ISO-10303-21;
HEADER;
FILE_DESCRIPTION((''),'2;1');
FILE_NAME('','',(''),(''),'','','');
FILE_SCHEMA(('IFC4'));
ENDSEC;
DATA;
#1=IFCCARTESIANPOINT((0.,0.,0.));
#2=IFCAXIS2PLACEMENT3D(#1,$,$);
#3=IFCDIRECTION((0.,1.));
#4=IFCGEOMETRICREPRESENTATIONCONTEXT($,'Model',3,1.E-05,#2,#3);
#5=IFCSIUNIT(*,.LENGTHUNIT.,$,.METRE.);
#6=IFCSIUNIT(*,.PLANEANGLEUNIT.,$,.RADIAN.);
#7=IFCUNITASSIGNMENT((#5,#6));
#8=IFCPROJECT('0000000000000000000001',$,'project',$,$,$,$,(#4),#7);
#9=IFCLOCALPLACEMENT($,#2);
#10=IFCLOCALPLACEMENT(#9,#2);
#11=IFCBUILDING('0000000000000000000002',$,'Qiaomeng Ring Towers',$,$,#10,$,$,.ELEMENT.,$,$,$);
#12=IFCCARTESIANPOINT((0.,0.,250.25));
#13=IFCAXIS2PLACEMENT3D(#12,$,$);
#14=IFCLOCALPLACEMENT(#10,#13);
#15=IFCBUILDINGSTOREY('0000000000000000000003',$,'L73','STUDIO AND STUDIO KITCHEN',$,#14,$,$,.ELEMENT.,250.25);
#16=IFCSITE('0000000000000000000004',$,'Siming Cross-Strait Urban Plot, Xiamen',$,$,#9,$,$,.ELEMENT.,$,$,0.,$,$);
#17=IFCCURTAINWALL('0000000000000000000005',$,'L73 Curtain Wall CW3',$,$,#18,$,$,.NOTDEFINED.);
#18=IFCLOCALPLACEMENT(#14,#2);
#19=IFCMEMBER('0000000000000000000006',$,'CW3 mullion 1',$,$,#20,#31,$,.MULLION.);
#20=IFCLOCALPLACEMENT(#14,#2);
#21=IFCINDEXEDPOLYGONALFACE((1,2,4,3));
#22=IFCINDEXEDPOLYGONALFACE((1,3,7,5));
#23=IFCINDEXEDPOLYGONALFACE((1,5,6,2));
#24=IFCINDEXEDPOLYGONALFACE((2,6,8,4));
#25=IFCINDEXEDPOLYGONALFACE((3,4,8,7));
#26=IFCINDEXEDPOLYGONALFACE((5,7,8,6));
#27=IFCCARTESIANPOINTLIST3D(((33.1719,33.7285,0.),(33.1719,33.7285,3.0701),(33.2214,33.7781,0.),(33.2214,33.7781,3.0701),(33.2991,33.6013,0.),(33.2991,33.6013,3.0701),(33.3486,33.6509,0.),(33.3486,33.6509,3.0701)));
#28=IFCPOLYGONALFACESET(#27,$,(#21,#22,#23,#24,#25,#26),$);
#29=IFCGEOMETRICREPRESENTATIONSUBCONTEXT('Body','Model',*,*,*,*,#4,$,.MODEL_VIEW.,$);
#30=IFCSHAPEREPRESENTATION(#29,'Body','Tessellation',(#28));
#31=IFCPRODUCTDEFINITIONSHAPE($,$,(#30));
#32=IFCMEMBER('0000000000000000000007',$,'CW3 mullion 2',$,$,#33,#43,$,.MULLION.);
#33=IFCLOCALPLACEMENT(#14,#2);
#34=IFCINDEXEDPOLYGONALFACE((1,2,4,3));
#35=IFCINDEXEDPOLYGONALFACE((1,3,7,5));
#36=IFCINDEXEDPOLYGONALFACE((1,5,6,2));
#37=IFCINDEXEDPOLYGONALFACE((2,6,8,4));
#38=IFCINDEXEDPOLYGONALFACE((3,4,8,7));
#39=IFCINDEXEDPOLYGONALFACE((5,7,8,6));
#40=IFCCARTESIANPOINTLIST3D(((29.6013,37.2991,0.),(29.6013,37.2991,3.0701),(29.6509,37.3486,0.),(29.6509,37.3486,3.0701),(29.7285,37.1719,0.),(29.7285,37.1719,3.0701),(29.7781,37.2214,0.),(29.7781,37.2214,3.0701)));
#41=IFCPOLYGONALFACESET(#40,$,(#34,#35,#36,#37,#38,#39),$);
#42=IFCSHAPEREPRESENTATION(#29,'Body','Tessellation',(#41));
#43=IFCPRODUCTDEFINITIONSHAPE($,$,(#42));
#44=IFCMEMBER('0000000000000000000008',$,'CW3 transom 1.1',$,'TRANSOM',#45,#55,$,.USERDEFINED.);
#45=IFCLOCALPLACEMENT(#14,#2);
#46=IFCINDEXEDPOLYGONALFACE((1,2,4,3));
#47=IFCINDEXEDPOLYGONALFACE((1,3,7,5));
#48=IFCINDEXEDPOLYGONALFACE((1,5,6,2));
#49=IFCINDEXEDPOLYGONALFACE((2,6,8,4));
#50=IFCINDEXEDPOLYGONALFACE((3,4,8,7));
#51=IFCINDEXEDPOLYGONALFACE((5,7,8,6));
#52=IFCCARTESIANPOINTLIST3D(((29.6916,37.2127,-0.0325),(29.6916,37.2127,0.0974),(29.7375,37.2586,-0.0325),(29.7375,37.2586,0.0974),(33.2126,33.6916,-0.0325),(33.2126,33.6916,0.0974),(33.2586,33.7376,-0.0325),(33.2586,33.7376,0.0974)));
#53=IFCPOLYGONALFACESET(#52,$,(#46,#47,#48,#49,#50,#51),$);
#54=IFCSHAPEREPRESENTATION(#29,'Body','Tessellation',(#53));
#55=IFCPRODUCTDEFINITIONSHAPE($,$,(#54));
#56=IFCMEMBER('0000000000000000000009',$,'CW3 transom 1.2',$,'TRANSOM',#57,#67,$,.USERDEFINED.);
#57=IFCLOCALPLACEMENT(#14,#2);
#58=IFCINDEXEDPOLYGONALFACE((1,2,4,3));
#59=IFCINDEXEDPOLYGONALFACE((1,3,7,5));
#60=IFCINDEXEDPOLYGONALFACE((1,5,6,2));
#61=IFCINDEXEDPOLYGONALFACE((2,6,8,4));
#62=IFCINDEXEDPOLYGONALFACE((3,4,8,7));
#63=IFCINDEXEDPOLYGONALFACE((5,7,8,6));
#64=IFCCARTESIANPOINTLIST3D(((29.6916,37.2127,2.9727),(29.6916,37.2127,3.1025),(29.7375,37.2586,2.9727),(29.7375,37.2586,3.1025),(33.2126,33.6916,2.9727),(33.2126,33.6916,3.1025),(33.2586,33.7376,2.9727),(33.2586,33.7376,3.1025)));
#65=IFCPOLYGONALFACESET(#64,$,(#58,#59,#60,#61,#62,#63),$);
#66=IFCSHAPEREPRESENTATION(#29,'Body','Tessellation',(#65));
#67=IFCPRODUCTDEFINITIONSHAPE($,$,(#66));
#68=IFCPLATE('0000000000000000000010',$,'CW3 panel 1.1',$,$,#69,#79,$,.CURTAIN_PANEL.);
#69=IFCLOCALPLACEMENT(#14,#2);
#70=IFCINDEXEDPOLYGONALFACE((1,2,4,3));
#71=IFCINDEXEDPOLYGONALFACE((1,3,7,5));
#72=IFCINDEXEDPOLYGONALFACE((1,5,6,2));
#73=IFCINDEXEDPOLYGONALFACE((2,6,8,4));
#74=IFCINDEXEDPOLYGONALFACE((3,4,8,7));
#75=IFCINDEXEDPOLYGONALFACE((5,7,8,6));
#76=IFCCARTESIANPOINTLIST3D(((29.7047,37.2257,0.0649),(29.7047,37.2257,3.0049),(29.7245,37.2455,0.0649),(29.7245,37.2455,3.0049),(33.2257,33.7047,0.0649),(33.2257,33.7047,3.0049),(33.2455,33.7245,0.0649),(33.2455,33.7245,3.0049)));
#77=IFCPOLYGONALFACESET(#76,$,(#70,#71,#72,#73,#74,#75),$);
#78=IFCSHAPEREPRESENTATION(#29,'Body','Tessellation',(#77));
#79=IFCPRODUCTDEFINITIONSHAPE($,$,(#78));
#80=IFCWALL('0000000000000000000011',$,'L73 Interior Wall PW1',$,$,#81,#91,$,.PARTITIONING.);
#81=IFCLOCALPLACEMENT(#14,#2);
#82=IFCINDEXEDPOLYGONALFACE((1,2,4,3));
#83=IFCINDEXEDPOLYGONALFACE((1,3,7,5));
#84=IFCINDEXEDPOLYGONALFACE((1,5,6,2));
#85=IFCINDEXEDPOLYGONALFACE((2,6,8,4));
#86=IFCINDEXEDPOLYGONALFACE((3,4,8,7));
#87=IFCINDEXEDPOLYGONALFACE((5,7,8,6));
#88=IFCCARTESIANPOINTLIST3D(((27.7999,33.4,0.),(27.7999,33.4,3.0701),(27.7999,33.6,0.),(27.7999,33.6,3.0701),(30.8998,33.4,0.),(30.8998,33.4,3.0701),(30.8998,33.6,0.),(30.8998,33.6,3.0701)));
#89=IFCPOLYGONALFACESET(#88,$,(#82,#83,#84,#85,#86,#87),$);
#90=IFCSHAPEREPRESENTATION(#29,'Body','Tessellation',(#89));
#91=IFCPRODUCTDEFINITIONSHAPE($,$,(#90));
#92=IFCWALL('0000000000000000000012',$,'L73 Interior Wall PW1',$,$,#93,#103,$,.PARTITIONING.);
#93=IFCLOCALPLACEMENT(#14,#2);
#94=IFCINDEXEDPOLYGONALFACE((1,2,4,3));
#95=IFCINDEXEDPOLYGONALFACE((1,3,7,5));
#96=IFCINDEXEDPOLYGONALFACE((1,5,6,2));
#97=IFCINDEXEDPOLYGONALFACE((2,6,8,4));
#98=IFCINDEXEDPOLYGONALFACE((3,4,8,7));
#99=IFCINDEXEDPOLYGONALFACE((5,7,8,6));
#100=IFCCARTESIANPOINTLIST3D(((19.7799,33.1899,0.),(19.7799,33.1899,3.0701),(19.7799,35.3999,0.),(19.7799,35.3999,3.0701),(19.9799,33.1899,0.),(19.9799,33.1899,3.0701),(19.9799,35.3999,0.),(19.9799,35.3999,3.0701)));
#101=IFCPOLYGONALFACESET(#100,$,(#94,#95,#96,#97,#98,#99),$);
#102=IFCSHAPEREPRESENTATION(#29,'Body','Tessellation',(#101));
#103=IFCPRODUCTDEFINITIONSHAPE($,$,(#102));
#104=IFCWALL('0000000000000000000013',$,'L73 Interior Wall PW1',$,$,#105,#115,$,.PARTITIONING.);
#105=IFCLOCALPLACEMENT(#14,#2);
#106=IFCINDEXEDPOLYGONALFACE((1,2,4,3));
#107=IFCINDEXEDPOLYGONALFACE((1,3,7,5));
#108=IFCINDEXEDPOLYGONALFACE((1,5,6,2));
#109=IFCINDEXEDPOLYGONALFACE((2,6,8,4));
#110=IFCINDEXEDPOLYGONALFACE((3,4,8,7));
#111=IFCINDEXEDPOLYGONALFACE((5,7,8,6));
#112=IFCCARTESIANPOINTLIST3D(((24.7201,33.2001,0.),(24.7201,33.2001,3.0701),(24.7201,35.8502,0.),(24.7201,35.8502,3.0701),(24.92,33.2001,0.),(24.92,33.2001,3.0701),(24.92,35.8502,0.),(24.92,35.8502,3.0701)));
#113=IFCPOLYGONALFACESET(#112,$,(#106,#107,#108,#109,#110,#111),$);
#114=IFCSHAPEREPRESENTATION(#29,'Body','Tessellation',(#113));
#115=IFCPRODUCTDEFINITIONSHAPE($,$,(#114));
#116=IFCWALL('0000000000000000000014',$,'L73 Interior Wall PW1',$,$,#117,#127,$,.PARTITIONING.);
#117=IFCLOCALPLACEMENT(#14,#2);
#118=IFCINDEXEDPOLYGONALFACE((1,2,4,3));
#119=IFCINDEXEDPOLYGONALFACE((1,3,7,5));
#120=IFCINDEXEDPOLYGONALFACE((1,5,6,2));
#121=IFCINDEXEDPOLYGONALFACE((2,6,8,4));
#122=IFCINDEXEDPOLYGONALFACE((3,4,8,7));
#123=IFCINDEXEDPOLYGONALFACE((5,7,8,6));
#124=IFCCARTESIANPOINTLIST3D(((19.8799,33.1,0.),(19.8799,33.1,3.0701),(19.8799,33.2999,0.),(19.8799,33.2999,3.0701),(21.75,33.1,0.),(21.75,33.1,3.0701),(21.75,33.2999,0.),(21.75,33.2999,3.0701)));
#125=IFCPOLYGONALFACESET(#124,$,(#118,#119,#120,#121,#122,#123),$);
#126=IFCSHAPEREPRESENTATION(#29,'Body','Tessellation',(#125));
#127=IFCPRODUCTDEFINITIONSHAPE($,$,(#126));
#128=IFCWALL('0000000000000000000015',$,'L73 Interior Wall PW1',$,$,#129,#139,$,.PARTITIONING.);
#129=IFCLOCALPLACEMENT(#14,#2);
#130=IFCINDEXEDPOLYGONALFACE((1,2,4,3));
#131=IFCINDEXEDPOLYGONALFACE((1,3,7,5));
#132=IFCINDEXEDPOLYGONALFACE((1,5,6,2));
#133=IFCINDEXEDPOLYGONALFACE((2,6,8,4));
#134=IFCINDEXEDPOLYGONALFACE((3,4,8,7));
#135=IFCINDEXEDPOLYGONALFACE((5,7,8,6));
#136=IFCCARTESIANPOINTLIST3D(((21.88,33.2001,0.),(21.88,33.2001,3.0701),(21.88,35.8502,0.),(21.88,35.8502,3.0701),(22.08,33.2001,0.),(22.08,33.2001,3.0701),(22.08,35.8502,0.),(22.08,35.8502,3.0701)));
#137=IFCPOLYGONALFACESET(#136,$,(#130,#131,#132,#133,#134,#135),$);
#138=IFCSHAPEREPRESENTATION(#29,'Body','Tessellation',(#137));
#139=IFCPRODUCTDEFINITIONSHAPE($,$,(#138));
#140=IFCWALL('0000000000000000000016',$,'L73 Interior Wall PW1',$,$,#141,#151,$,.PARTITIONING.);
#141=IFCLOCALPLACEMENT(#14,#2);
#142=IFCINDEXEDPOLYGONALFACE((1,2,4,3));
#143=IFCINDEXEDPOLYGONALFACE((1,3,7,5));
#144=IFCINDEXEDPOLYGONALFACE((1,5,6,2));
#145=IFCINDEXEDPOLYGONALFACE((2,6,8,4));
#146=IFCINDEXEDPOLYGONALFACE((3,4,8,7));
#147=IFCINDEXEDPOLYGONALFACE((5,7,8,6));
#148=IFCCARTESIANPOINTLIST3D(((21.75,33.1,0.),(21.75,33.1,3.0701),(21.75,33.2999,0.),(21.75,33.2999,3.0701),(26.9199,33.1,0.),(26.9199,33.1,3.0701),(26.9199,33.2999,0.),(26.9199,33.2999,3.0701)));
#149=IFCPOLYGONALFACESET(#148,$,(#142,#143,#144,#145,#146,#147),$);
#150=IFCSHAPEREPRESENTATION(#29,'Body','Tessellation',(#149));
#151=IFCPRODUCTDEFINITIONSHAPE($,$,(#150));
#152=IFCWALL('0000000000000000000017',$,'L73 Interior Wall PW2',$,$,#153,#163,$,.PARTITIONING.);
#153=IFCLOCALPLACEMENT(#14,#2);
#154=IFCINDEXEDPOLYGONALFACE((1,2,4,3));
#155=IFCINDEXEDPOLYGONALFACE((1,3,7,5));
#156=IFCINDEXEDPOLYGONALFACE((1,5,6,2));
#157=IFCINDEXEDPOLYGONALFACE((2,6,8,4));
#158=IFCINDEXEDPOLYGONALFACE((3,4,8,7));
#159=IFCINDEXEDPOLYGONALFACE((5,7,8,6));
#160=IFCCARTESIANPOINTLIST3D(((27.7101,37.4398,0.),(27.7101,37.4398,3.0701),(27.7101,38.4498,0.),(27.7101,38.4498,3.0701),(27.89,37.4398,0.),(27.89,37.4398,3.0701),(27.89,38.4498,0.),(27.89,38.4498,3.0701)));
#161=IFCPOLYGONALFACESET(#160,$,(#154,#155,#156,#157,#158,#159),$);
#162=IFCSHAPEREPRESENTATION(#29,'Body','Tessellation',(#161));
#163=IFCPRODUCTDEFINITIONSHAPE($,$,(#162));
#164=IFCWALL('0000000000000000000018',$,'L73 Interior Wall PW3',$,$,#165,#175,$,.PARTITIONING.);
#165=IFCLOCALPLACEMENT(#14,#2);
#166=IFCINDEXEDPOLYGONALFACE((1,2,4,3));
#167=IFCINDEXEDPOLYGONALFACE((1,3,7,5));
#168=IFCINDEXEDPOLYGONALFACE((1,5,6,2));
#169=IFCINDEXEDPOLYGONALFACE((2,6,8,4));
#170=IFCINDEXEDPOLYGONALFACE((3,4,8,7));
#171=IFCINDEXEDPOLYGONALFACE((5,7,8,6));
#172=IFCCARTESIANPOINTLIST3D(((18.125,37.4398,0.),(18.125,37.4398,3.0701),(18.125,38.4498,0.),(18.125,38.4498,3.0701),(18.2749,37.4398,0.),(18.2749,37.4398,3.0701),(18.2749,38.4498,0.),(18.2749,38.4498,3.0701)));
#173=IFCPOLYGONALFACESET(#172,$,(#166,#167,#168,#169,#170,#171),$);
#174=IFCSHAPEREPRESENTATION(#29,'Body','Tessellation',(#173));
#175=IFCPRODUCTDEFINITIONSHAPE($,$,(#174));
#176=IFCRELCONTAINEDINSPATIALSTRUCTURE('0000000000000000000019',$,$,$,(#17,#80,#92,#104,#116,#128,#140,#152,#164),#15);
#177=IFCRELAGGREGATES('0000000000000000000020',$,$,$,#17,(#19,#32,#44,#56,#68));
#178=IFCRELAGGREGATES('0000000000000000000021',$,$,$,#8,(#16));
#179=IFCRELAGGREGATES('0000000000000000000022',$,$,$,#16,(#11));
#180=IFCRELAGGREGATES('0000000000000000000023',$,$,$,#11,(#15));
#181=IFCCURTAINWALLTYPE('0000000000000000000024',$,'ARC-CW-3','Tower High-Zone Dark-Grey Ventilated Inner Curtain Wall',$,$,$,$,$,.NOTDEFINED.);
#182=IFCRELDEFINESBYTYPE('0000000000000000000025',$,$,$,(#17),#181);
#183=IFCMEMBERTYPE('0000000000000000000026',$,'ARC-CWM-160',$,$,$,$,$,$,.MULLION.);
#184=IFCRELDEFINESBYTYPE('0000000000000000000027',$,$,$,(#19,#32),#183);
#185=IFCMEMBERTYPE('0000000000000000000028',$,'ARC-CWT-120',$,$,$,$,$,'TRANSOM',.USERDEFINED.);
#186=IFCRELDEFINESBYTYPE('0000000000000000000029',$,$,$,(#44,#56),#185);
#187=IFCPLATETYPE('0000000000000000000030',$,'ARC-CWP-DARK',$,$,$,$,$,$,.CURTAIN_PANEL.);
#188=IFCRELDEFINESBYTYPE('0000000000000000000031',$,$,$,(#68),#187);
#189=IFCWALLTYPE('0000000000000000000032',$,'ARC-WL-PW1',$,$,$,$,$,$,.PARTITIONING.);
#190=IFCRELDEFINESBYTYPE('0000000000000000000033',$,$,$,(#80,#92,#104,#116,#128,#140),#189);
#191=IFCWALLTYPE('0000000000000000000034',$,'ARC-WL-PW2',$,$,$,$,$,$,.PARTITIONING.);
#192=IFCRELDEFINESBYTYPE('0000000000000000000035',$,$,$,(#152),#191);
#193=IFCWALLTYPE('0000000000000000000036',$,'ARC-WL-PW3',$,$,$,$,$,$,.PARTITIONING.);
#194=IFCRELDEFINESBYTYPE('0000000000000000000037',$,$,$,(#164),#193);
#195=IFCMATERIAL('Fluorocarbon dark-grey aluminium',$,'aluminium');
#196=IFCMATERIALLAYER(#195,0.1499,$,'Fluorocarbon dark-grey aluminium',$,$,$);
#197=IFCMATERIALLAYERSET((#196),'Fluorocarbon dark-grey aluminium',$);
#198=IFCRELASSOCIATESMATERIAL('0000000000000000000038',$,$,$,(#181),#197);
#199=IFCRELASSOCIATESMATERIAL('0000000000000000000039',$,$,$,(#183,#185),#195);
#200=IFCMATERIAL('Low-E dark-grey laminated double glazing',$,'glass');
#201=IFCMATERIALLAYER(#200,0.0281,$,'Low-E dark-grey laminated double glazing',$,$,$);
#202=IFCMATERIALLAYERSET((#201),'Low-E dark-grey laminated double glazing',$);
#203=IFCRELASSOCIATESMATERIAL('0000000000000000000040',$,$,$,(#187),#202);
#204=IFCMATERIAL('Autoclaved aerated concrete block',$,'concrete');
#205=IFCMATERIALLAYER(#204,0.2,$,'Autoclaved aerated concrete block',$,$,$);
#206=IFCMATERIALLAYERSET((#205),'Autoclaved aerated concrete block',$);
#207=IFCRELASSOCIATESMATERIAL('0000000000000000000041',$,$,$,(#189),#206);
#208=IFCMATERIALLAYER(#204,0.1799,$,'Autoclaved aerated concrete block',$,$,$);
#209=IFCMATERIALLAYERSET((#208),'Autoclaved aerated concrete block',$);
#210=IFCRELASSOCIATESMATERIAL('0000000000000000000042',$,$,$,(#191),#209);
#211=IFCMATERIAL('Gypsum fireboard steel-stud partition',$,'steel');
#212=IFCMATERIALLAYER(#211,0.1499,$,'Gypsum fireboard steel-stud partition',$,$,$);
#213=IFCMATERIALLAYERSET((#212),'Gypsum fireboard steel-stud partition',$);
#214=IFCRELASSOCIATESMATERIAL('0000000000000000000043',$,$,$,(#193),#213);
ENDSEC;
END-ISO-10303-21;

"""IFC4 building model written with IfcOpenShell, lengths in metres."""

from ifc_helpers import new_model, si_unit, direction, frame, frame_2d, origin, origin_2d, place, context, subcontext, project, spatial, rectangle, extrude, source, transform, mapped, material, layer, layer_set, material_profile, profile_set, type_object, element, aggregate, save


model = new_model("IFC4")

# Units and contexts
model_context = context("Model", 3, precision=1e-05, world=origin(), true_north=direction((0.0, 1.0)))
body_context = subcontext(model_context, "Body", "Model", "MODEL_VIEW")
ifc_project = project(units=[si_unit("LENGTHUNIT", "METRE"), si_unit("PLANEANGLEUNIT", "RADIAN")], contexts=[model_context])

# Site, building, storey
site_placement = place(None, origin())
site = spatial("IfcSite", under=ifc_project, at=site_placement, Name="Siming Cross-Strait Urban Plot, Xiamen", CompositionType="ELEMENT", RefElevation=0.0)
building_placement = place(site_placement, origin())
building = spatial("IfcBuilding", under=site, at=building_placement, Name="Qiaomeng Ring Towers", CompositionType="ELEMENT")
storey_placement = place(building_placement, frame((0.0, 0.0, 250.25)))
storey = spatial("IfcBuildingStorey", under=building, at=storey_placement, Name="L73", Description="STUDIO AND STUDIO KITCHEN", CompositionType="ELEMENT", Elevation=250.25)

# Curtain wall, members, plate
ifc_material_1 = material(Name="Fluorocarbon dark-grey aluminium", Category="aluminium")
ifc_layer_1 = layer(ifc_material_1, 0.1499, Name="Fluorocarbon dark-grey aluminium")
ifc_layer_set_1 = layer_set([ifc_layer_1], Name="Fluorocarbon dark-grey aluminium")
curtain_wall_type = type_object("IfcCurtainWallType", Name="ARC-CW-3", Description="Tower High-Zone Dark-Grey Ventilated Inner Curtain Wall", PredefinedType="NOTDEFINED", material=ifc_layer_set_1)
curtain_wall_placement = place(storey_placement, origin())
curtain_wall = element("IfcCurtainWall", 1, at=curtain_wall_placement, inside=storey, type_object=curtain_wall_type, Name="L73 Curtain Wall CW3", PredefinedType="NOTDEFINED")
ifc_material_profile_1 = material_profile(ifc_material_1, rectangle(XDim=0.0701, YDim=0.1799, at=origin_2d()), Name="ALU MULL 70x180")
ifc_profile_set_1 = profile_set([ifc_material_profile_1], Name="Fluorocarbon dark-grey aluminium")
member_type_1 = type_object("IfcMemberType", Name="ARC-CWM-160", PredefinedType="MULLION", material=ifc_profile_set_1)
shared_shape_1 = source(origin(), body_context, "Body", "SweptSolid", [
    extrude(rectangle(XDim=0.0701, YDim=0.1799, at=origin_2d()), origin(), (0.0, 0.0, 1.0), 3.0701),
])
member_1_placement = place(storey_placement, frame((33.2603, 33.6897, 0.0), z_axis=(0.0, 0.0, 1.0), x_axis=(-0.707107, -0.707107, 0.0)))
member_1 = element("IfcMember", 2, at=member_1_placement, type_object=member_type_1, Name="CW3 mullion 1", PredefinedType="MULLION", context=body_context, shape_type="MappedRepresentation", body=[
    mapped(shared_shape_1, transform((0.0, 0.0, 0.0), x_axis=(1.0, 0.0, 0.0), y_axis=(0.0, 1.0, 0.0), z_axis=(0.0, 0.0, 1.0), scale=1.0)),
])
member_2_placement = place(storey_placement, frame((29.6897, 37.2603, 0.0), z_axis=(0.0, 0.0, 1.0), x_axis=(-0.707107, -0.707107, 0.0)))
member_2 = element("IfcMember", 3, at=member_2_placement, type_object=member_type_1, Name="CW3 mullion 2", PredefinedType="MULLION", context=body_context, shape_type="MappedRepresentation", body=[
    mapped(shared_shape_1, transform((0.0, 0.0, 0.0), x_axis=(1.0, 0.0, 0.0), y_axis=(0.0, 1.0, 0.0), z_axis=(0.0, 0.0, 1.0), scale=1.0)),
])
ifc_material_profile_2 = material_profile(ifc_material_1, rectangle(XDim=0.0649, YDim=0.1299, at=origin_2d()), Name="ALU TRAN 65x130")
ifc_profile_set_2 = profile_set([ifc_material_profile_2], Name="Fluorocarbon dark-grey aluminium")
member_type_2 = type_object("IfcMemberType", Name="ARC-CWT-120", ElementType="TRANSOM", PredefinedType="USERDEFINED", material=ifc_profile_set_2)
shared_shape_2 = source(origin(), body_context, "Body", "SweptSolid", [
    extrude(rectangle(XDim=0.0649, YDim=0.1299, at=origin_2d()), origin(), (0.0, 0.0, 1.0), 4.9795),
])
member_3_placement = place(storey_placement, frame((33.2356, 33.7146, 0.0325), z_axis=(-0.707107, 0.707107, 0.0), x_axis=(-0.707107, -0.707107, 0.0)))
member_3 = element("IfcMember", 4, at=member_3_placement, type_object=member_type_2, Name="CW3 transom 1.1", ObjectType="TRANSOM", PredefinedType="USERDEFINED", context=body_context, shape_type="MappedRepresentation", body=[
    mapped(shared_shape_2, transform((0.0, 0.0, 0.0), x_axis=(1.0, 0.0, 0.0), y_axis=(0.0, 1.0, 0.0), z_axis=(0.0, 0.0, 1.0), scale=1.0)),
])
member_4_placement = place(storey_placement, frame((33.2356, 33.7146, 3.0376), z_axis=(-0.707107, 0.707107, 0.0), x_axis=(-0.707107, -0.707107, 0.0)))
member_4 = element("IfcMember", 5, at=member_4_placement, type_object=member_type_2, Name="CW3 transom 1.2", ObjectType="TRANSOM", PredefinedType="USERDEFINED", context=body_context, shape_type="MappedRepresentation", body=[
    mapped(shared_shape_2, transform((0.0, 0.0, 0.0), x_axis=(1.0, 0.0, 0.0), y_axis=(0.0, 1.0, 0.0), z_axis=(0.0, 0.0, 1.0), scale=1.0)),
])
ifc_material_2 = material(Name="Low-E dark-grey laminated double glazing", Category="glass")
ifc_layer_2 = layer(ifc_material_2, 0.0281, Name="Low-E dark-grey laminated double glazing")
ifc_layer_set_2 = layer_set([ifc_layer_2], Name="Low-E dark-grey laminated double glazing")
plate_type = type_object("IfcPlateType", Name="ARC-CWP-DARK", PredefinedType="CURTAIN_PANEL", material=ifc_layer_set_2)
shared_shape_3 = source(origin(), body_context, "Body", "SweptSolid", [
    extrude(rectangle(XDim=4.9795, YDim=0.0281, at=origin_2d()), origin(), (0.0, 0.0, 1.0), 2.9399),
])
plate_placement = place(storey_placement, frame((31.4751, 35.4751, 0.0649), z_axis=(0.0, 0.0, 1.0), x_axis=(-0.707107, 0.707107, 0.0)))
plate = element("IfcPlate", 6, at=plate_placement, type_object=plate_type, Name="CW3 panel 1.1", PredefinedType="CURTAIN_PANEL", context=body_context, shape_type="MappedRepresentation", body=[
    mapped(shared_shape_3, transform((0.0, 0.0, 0.0), x_axis=(1.0, 0.0, 0.0), y_axis=(0.0, 1.0, 0.0), z_axis=(0.0, 0.0, 1.0), scale=1.0)),
])
aggregate(curtain_wall, [member_1, member_2, member_3, member_4, plate])

# Walls
ifc_material_3 = material(Name="Autoclaved aerated concrete block", Category="concrete")
ifc_layer_3 = layer(ifc_material_3, 0.2, Name="Autoclaved aerated concrete block")
ifc_layer_set_3 = layer_set([ifc_layer_3], Name="Autoclaved aerated concrete block")
wall_type_1 = type_object("IfcWallType", Name="ARC-WL-PW1", PredefinedType="PARTITIONING", material=ifc_layer_set_3)
wall_1_placement = place(storey_placement, frame((27.8, 33.5, 0.0), z_axis=(0.0, 0.0, 1.0), x_axis=(1.0, 0.0, 0.0)))
element("IfcWall", 7, at=wall_1_placement, inside=storey, type_object=wall_type_1, Name="L73 Interior Wall PW1", PredefinedType="PARTITIONING", context=body_context, shape_type="SweptSolid", body=[
    extrude(rectangle(XDim=3.0999, YDim=0.2, at=frame_2d((1.5498, 0.0))), origin(), (0.0, 0.0, 1.0), 3.0701),
])
wall_2_placement = place(storey_placement, frame((19.8799, 33.1899, 0.0), z_axis=(0.0, 0.0, 1.0), x_axis=(0.0, 1.0, 0.0)))
element("IfcWall", 8, at=wall_2_placement, inside=storey, type_object=wall_type_1, Name="L73 Interior Wall PW1", PredefinedType="PARTITIONING", context=body_context, shape_type="SweptSolid", body=[
    extrude(rectangle(XDim=2.21, YDim=0.2, at=frame_2d((1.105, 0.0))), origin(), (0.0, 0.0, 1.0), 3.0701),
])
wall_3_placement = place(storey_placement, frame((24.8201, 33.2, 0.0), z_axis=(0.0, 0.0, 1.0), x_axis=(0.0, 1.0, 0.0)))
element("IfcWall", 9, at=wall_3_placement, inside=storey, type_object=wall_type_1, Name="L73 Interior Wall PW1", PredefinedType="PARTITIONING", context=body_context, shape_type="SweptSolid", body=[
    extrude(rectangle(XDim=2.6501, YDim=0.2, at=frame_2d((1.3252, 0.0))), origin(), (0.0, 0.0, 1.0), 3.0701),
])
wall_4_placement = place(storey_placement, frame((19.8799, 33.2, 0.0), z_axis=(0.0, 0.0, 1.0), x_axis=(1.0, 0.0, 0.0)))
element("IfcWall", 10, at=wall_4_placement, inside=storey, type_object=wall_type_1, Name="L73 Interior Wall PW1", PredefinedType="PARTITIONING", context=body_context, shape_type="SweptSolid", body=[
    extrude(rectangle(XDim=1.8701, YDim=0.2, at=frame_2d((0.9351, 0.0))), origin(), (0.0, 0.0, 1.0), 3.0701),
])
wall_5_placement = place(storey_placement, frame((21.98, 33.2, 0.0), z_axis=(0.0, 0.0, 1.0), x_axis=(0.0, 1.0, 0.0)))
element("IfcWall", 11, at=wall_5_placement, inside=storey, type_object=wall_type_1, Name="L73 Interior Wall PW1", PredefinedType="PARTITIONING", context=body_context, shape_type="SweptSolid", body=[
    extrude(rectangle(XDim=2.6501, YDim=0.2, at=frame_2d((1.3252, 0.0))), origin(), (0.0, 0.0, 1.0), 3.0701),
])
wall_6_placement = place(storey_placement, frame((21.75, 33.2, 0.0), z_axis=(0.0, 0.0, 1.0), x_axis=(1.0, 0.0, 0.0)))
element("IfcWall", 12, at=wall_6_placement, inside=storey, type_object=wall_type_1, Name="L73 Interior Wall PW1", PredefinedType="PARTITIONING", context=body_context, shape_type="SweptSolid", body=[
    extrude(rectangle(XDim=5.1699, YDim=0.2, at=frame_2d((2.585, 0.0))), origin(), (0.0, 0.0, 1.0), 3.0701),
])
ifc_layer_4 = layer(ifc_material_3, 0.1799, Name="Autoclaved aerated concrete block")
ifc_layer_set_4 = layer_set([ifc_layer_4], Name="Autoclaved aerated concrete block")
wall_type_2 = type_object("IfcWallType", Name="ARC-WL-PW2", PredefinedType="PARTITIONING", material=ifc_layer_set_4)
wall_7_placement = place(storey_placement, frame((27.8, 37.4399, 0.0), z_axis=(0.0, 0.0, 1.0), x_axis=(0.0, 1.0, 0.0)))
element("IfcWall", 13, at=wall_7_placement, inside=storey, type_object=wall_type_2, Name="L73 Interior Wall PW2", PredefinedType="PARTITIONING", context=body_context, shape_type="SweptSolid", body=[
    extrude(rectangle(XDim=1.01, YDim=0.1799, at=frame_2d((0.5049, 0.0))), origin(), (0.0, 0.0, 1.0), 3.0701),
])
ifc_material_4 = material(Name="Gypsum fireboard steel-stud partition", Category="steel")
ifc_layer_5 = layer(ifc_material_4, 0.1499, Name="Gypsum fireboard steel-stud partition")
ifc_layer_set_5 = layer_set([ifc_layer_5], Name="Gypsum fireboard steel-stud partition")
wall_type_3 = type_object("IfcWallType", Name="ARC-WL-PW3", PredefinedType="PARTITIONING", material=ifc_layer_set_5)
wall_8_placement = place(storey_placement, frame((18.2, 37.4399, 0.0), z_axis=(0.0, 0.0, 1.0), x_axis=(0.0, 1.0, 0.0)))
element("IfcWall", 14, at=wall_8_placement, inside=storey, type_object=wall_type_3, Name="L73 Interior Wall PW3", PredefinedType="PARTITIONING", context=body_context, shape_type="SweptSolid", body=[
    extrude(rectangle(XDim=1.01, YDim=0.1499, at=frame_2d((0.5049, 0.0))), origin(), (0.0, 0.0, 1.0), 3.0701),
])

save(model, "model.ifc")
